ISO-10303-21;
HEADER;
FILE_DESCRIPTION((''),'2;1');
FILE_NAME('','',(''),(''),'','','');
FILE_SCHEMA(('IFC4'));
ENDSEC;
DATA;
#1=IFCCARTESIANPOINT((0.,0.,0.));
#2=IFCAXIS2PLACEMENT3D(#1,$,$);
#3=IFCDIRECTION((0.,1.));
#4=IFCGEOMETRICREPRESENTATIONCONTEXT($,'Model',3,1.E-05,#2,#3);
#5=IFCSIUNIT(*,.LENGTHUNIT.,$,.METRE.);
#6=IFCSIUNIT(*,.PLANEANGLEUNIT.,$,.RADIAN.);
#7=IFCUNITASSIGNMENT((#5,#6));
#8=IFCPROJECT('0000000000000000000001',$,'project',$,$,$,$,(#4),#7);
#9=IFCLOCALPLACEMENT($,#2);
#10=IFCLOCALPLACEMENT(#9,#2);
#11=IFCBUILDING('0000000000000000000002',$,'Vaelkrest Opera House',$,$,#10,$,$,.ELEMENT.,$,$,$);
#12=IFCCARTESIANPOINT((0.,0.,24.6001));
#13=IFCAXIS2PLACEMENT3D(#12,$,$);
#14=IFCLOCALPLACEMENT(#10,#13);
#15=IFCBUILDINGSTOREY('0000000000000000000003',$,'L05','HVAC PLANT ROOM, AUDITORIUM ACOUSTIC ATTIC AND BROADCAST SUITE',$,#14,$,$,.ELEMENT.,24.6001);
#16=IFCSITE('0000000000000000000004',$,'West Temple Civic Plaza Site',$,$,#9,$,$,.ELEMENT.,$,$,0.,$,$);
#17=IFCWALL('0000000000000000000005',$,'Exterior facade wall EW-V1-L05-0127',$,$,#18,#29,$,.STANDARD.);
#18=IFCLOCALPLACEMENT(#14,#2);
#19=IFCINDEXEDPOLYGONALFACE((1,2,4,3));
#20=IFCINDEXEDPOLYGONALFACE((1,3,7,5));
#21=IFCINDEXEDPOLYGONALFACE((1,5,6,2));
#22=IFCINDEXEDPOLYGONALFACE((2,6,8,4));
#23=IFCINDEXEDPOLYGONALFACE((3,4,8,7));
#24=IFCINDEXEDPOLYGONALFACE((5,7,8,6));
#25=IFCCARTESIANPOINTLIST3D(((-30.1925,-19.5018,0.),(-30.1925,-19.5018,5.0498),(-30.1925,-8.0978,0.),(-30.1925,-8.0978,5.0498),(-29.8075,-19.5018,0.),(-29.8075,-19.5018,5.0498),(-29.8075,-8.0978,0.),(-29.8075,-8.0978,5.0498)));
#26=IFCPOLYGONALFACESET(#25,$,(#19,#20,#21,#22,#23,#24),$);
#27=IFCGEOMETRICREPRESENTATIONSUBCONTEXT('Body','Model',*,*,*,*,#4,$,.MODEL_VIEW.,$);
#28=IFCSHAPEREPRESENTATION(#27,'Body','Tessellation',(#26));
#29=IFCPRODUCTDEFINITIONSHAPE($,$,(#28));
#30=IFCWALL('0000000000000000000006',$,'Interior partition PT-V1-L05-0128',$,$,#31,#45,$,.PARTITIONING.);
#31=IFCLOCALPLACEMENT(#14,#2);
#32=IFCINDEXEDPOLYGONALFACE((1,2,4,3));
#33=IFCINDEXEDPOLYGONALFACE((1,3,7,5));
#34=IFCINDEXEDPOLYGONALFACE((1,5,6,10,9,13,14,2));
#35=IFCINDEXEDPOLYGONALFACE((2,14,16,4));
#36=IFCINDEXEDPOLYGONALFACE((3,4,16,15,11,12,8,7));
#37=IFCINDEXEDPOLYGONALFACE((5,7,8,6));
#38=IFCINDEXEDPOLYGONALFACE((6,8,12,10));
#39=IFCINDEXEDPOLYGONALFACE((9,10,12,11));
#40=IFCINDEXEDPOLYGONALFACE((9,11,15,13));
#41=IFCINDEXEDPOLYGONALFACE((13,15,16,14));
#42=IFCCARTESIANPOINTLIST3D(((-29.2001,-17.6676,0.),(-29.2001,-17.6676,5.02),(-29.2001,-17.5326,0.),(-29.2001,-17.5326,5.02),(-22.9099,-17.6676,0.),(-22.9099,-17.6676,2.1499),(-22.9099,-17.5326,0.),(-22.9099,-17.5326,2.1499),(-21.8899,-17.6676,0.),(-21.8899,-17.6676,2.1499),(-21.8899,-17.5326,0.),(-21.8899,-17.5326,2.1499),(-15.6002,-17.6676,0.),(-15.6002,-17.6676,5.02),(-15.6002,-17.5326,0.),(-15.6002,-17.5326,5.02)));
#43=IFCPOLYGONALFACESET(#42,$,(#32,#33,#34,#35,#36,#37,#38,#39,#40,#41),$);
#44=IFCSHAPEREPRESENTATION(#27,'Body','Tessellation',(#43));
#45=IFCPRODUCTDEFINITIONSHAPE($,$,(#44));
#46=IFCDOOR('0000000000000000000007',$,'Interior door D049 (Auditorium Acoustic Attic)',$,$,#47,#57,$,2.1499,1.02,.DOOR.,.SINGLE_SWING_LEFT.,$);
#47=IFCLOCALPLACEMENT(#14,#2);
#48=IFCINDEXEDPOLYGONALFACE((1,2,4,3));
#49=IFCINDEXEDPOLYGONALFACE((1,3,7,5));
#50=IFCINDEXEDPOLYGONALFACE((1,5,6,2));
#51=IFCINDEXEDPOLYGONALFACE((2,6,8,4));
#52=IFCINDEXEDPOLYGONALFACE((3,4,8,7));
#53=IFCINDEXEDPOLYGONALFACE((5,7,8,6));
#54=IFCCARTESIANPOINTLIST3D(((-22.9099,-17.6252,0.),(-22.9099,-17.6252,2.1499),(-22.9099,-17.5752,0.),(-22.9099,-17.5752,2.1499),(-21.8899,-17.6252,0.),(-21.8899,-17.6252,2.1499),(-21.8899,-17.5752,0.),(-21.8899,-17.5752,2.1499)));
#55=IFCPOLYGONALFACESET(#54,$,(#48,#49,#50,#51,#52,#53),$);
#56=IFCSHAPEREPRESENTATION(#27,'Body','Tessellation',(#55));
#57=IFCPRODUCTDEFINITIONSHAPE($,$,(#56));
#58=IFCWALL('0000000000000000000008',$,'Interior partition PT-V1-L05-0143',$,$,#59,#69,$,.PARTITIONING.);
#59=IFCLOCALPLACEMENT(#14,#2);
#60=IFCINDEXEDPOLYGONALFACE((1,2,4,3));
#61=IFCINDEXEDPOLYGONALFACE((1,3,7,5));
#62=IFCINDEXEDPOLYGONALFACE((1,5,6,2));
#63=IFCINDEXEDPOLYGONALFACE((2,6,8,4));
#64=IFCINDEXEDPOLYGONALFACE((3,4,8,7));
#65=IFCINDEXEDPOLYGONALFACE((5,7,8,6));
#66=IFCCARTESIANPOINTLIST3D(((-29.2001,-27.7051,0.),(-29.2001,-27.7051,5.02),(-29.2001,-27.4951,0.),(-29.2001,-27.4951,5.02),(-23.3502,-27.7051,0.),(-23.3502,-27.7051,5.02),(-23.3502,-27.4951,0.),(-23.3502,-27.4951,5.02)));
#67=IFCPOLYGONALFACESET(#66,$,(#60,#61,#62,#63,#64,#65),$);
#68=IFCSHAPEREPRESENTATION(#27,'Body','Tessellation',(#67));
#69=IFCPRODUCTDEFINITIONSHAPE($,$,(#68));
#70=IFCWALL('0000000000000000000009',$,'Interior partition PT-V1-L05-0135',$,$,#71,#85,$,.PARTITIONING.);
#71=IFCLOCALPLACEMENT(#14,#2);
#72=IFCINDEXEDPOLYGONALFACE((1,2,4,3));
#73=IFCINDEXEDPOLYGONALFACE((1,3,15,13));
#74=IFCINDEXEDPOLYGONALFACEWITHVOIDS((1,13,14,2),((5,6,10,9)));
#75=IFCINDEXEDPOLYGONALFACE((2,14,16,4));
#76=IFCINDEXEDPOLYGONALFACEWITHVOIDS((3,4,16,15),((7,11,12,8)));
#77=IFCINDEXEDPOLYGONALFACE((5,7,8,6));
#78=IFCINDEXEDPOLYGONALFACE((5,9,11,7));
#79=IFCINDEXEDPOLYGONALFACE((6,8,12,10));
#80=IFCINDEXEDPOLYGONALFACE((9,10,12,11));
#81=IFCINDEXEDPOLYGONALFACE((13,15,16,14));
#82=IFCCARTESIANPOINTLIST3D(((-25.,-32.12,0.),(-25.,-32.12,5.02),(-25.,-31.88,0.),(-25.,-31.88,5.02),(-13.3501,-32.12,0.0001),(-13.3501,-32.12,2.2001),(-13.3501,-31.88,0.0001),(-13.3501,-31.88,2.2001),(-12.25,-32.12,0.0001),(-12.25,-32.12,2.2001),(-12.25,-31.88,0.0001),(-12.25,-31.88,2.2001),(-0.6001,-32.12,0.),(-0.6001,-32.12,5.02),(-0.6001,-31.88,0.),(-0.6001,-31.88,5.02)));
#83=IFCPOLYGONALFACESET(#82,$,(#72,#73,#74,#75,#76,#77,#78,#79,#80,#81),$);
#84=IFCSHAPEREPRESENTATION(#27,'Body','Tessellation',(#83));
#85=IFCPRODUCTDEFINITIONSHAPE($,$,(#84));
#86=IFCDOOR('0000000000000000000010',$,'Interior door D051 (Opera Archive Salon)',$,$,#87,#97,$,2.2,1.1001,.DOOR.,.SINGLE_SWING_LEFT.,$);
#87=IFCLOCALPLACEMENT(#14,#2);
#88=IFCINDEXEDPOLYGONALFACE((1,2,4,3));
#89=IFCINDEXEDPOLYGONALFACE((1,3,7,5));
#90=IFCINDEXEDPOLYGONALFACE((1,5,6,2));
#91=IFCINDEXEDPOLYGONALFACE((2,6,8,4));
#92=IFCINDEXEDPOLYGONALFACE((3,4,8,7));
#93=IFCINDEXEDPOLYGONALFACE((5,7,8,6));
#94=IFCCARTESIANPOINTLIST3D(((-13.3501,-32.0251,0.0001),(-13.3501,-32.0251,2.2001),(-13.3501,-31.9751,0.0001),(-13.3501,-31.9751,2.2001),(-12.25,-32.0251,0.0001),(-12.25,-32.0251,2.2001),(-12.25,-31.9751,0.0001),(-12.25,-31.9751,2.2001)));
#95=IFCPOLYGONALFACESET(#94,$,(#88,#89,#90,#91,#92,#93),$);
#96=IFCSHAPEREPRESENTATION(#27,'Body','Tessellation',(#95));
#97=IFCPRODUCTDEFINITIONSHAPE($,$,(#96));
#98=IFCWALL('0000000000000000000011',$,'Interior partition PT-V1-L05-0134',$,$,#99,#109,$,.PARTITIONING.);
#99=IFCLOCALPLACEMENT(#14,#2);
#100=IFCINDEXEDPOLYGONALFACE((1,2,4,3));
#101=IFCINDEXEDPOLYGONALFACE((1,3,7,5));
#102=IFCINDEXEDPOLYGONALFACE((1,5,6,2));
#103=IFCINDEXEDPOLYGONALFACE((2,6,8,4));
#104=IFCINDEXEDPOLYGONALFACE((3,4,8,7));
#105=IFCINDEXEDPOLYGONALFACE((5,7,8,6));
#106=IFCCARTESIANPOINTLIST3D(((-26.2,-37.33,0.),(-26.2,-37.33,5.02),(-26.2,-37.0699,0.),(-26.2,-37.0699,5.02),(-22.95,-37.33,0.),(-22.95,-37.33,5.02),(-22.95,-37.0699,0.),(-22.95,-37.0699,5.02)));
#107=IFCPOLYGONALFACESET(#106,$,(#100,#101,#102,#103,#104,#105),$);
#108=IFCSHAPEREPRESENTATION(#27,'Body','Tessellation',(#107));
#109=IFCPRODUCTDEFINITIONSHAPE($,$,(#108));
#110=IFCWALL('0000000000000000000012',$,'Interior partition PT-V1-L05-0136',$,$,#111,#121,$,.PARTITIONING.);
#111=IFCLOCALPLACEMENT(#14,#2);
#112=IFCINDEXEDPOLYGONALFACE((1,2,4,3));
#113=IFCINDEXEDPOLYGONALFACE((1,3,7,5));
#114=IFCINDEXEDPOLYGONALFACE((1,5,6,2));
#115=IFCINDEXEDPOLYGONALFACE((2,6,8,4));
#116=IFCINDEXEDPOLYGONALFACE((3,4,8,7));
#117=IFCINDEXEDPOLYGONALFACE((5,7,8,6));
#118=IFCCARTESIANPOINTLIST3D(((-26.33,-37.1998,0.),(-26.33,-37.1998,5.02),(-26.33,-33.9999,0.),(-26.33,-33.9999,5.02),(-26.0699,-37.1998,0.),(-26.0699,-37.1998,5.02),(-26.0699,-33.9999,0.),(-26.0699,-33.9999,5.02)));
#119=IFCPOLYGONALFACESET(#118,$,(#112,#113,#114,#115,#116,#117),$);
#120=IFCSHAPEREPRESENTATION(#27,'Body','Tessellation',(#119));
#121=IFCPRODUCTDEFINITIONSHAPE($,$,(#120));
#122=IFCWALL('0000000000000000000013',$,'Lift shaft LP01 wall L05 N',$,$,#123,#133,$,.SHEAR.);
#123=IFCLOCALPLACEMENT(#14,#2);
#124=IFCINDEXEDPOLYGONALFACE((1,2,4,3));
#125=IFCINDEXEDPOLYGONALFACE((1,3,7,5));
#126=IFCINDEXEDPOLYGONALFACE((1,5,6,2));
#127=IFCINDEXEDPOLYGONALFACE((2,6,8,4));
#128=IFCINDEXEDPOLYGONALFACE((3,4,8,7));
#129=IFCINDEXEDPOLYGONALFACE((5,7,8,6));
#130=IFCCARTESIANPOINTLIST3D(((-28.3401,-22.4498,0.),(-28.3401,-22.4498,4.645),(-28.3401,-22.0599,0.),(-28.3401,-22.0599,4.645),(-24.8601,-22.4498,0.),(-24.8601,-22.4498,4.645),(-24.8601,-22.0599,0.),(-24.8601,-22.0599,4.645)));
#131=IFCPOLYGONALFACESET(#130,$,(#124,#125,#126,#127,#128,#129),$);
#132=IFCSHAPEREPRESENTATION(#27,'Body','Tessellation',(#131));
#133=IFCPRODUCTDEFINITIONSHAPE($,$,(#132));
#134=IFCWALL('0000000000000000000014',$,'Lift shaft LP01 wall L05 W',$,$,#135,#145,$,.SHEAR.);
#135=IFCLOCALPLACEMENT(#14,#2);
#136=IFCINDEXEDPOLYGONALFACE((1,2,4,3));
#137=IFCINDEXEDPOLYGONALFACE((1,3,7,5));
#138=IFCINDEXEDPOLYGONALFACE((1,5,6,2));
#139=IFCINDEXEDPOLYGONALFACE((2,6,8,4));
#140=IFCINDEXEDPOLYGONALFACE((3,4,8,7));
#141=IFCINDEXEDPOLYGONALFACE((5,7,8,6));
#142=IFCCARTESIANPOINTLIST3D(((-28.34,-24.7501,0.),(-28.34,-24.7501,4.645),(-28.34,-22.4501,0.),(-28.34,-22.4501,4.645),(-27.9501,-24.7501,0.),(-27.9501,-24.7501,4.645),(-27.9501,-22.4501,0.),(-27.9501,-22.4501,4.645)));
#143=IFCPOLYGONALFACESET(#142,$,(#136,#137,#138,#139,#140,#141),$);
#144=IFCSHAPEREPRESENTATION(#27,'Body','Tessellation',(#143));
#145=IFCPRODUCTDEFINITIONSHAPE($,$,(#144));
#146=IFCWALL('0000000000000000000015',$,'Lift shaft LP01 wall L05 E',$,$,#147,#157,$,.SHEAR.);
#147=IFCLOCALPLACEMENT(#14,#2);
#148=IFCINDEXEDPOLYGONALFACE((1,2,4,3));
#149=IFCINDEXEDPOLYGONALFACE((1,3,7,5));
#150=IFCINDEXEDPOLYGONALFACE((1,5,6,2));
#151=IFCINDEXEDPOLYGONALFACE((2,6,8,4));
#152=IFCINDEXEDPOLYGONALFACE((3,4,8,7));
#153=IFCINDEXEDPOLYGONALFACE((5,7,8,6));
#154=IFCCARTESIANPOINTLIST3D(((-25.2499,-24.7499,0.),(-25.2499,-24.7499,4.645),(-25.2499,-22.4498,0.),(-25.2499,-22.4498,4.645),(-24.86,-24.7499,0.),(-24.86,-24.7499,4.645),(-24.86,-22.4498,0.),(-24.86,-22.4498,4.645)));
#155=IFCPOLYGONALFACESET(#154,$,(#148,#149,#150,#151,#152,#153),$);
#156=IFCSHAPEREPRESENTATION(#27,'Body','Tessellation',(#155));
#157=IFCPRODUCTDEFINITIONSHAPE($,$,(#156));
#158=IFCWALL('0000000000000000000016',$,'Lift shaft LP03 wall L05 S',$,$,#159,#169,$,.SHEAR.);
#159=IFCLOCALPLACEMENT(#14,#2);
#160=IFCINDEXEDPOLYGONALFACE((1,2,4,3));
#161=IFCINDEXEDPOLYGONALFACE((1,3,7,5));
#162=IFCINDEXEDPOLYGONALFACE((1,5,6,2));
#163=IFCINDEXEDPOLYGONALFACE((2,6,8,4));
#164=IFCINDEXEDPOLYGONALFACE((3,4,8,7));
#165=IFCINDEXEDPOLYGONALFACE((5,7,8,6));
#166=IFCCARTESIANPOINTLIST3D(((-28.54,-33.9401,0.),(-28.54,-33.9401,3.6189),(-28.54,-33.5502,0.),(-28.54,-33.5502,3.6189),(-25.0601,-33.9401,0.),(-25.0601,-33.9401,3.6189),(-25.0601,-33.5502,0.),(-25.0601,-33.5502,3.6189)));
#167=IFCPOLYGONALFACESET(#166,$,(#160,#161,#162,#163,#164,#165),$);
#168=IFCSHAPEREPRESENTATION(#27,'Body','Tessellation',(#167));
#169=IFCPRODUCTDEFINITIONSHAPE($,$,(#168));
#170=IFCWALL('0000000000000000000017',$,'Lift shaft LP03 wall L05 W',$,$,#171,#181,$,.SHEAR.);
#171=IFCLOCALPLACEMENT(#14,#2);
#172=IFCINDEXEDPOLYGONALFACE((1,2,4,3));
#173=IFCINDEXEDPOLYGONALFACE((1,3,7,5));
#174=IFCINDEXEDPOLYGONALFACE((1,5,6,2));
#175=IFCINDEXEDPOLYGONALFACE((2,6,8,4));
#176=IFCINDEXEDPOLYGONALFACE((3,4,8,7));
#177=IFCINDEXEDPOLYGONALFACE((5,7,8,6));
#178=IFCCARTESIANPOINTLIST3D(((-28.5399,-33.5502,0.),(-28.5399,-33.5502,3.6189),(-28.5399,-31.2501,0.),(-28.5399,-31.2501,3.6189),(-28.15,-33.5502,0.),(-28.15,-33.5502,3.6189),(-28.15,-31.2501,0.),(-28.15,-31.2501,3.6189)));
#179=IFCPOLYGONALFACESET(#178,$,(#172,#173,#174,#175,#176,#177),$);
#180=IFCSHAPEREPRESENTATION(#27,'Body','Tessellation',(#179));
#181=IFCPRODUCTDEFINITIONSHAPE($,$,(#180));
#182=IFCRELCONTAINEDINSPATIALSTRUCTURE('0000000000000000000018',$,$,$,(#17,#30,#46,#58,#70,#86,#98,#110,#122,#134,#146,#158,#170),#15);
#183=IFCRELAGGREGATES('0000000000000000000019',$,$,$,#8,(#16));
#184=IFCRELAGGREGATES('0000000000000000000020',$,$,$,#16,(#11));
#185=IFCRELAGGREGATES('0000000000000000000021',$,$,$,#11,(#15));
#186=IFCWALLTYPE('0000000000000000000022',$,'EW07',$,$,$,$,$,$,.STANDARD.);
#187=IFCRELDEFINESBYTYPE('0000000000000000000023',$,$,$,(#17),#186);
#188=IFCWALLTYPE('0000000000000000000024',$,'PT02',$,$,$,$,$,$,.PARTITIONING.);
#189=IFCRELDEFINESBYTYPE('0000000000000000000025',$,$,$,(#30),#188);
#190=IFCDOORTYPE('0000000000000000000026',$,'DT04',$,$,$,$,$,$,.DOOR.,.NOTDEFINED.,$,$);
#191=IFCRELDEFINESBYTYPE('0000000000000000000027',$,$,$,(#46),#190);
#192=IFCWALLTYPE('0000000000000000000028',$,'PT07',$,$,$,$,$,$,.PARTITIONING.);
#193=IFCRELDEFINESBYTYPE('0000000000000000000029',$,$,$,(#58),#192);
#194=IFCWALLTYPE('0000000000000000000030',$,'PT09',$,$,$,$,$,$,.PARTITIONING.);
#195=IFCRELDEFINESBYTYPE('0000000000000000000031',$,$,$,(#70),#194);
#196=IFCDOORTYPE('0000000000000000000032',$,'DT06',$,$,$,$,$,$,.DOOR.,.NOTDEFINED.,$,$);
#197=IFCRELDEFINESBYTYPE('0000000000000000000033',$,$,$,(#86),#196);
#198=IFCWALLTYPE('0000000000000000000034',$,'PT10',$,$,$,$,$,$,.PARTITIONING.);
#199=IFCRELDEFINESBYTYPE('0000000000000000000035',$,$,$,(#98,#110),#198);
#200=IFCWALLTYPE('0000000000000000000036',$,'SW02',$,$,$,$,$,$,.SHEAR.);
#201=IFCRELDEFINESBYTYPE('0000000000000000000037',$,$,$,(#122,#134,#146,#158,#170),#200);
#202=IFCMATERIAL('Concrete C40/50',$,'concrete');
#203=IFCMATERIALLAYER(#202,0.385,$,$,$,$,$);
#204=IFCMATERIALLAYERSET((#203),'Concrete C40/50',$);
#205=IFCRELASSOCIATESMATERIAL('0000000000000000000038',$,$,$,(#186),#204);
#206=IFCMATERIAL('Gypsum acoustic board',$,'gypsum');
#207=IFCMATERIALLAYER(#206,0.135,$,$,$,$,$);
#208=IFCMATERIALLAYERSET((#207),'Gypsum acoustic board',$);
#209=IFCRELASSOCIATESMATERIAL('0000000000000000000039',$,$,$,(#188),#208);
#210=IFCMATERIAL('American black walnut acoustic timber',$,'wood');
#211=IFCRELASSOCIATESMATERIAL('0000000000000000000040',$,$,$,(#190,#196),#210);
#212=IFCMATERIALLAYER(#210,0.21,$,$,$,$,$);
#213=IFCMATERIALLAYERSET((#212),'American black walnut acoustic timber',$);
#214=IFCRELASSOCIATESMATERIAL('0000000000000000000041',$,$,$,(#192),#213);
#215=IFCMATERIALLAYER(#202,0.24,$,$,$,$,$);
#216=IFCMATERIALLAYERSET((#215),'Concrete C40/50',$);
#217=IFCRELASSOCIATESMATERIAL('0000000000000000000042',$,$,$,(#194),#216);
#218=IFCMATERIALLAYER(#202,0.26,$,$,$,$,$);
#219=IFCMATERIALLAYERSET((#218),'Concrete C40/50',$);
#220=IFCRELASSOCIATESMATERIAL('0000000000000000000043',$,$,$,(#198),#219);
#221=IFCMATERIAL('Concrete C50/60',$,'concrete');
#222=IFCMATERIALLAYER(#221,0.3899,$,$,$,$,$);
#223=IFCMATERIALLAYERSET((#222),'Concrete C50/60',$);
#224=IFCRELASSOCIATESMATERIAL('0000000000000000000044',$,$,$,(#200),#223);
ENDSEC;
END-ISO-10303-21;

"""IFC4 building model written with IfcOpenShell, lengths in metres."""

from ifc_helpers import new_model, si_unit, direction, frame, frame_2d, origin, place, context, subcontext, project, spatial, rectangle, extrude, material, layer, layer_set, type_object, element, fill, save


model = new_model("IFC4")

# Units and contexts
model_context = context("Model", 3, precision=1e-05, world=origin(), true_north=direction((0.0, 1.0)))
body_context = subcontext(model_context, "Body", "Model", "MODEL_VIEW")
ifc_project = project(units=[si_unit("LENGTHUNIT", "METRE"), si_unit("PLANEANGLEUNIT", "RADIAN")], contexts=[model_context])

# Site, building, storey
site_placement = place(None, origin())
site = spatial("IfcSite", under=ifc_project, at=site_placement, Name="West Temple Civic Plaza Site", CompositionType="ELEMENT", RefElevation=0.0)
building_placement = place(site_placement, origin())
building = spatial("IfcBuilding", under=site, at=building_placement, Name="Vaelkrest Opera House", CompositionType="ELEMENT")
storey_placement = place(building_placement, frame((0.0, 0.0, 24.6001)))
storey = spatial("IfcBuildingStorey", under=building, at=storey_placement, Name="L05", Description="HVAC PLANT ROOM, AUDITORIUM ACOUSTIC ATTIC AND BROADCAST SUITE", CompositionType="ELEMENT", Elevation=24.6001)

# Shared definitions
ifc_material_1 = material(Name="Concrete C50/60", Category="concrete")

# Wall
ifc_material_2 = material(Name="Concrete C40/50", Category="concrete")
ifc_layer_1 = layer(ifc_material_2, 0.385)
ifc_layer_set_1 = layer_set([ifc_layer_1], Name="Concrete C40/50")
wall_type_1 = type_object("IfcWallType", Name="EW07", PredefinedType="STANDARD", material=ifc_layer_set_1)
wall_1_placement = place(storey_placement, frame((-30.0, -19.502, 0.0), z_axis=(0.0, 0.0, 1.0), x_axis=(0.0, 1.0, 0.0)))
element("IfcWall", 1, at=wall_1_placement, inside=storey, type_object=wall_type_1, Name="Exterior facade wall EW-V1-L05-0127", PredefinedType="STANDARD", context=body_context, shape_type="SweptSolid", body=[
    extrude(rectangle(XDim=11.4041, YDim=0.385, at=frame_2d((5.7021, 0.0))), origin(), (0.0, 0.0, 1.0), 5.0498),
])

# Wall, opening, door
ifc_material_3 = material(Name="Gypsum acoustic board", Category="gypsum")
ifc_layer_2 = layer(ifc_material_3, 0.135)
ifc_layer_set_2 = layer_set([ifc_layer_2], Name="Gypsum acoustic board")
wall_type_2 = type_object("IfcWallType", Name="PT02", PredefinedType="PARTITIONING", material=ifc_layer_set_2)
wall_2_placement = place(storey_placement, frame((-29.2, -17.6001, 0.0), z_axis=(0.0, 0.0, 1.0), x_axis=(1.0, 0.0, 0.0)))
wall_2 = element("IfcWall", 2, at=wall_2_placement, inside=storey, type_object=wall_type_2, Name="Interior partition PT-V1-L05-0128", PredefinedType="PARTITIONING", context=body_context, shape_type="SweptSolid", body=[
    extrude(rectangle(XDim=13.5999, YDim=0.135, at=frame_2d((6.7998, 0.0))), origin(), (0.0, 0.0, 1.0), 5.02),
])
opening_1_placement = place(wall_2_placement, frame((6.29, 0.0, 0.0)))
opening_1 = element("IfcOpeningElement", 3, at=opening_1_placement, cuts=wall_2, PredefinedType="OPENING", context=body_context, shape_type="SweptSolid", body=[
    extrude(rectangle(XDim=1.02, YDim=2.1499, at=frame_2d((0.51, 1.075))), frame((0.0, 0.0774, 0.0), z_axis=(0.0, -1.0, 0.0), x_axis=(1.0, 0.0, 0.0)), (0.0, 0.0, 1.0), 0.155),
])
ifc_material_4 = material(Name="American black walnut acoustic timber", Category="wood")
door_type_1 = type_object("IfcDoorType", Name="DT04", OperationType="NOTDEFINED", PredefinedType="DOOR", material=ifc_material_4)
door_1_placement = place(opening_1_placement, origin())
door_1 = element("IfcDoor", 4, at=door_1_placement, inside=storey, type_object=door_type_1, Name="Interior door D049 (Auditorium Acoustic Attic)", OperationType="SINGLE_SWING_LEFT", OverallHeight=2.1499, OverallWidth=1.02, PredefinedType="DOOR", context=body_context, shape_type="SweptSolid", body=[
    extrude(rectangle(XDim=1.02, YDim=2.1499, at=frame_2d((0.51, 1.075))), frame((0.0, 0.0249, 0.0), z_axis=(0.0, -1.0, 0.0), x_axis=(1.0, 0.0, 0.0)), (0.0, 0.0, 1.0), 0.05),
])
fill(opening_1, door_1)

# Wall
ifc_layer_3 = layer(ifc_material_4, 0.21)
ifc_layer_set_3 = layer_set([ifc_layer_3], Name="American black walnut acoustic timber")
wall_type_3 = type_object("IfcWallType", Name="PT07", PredefinedType="PARTITIONING", material=ifc_layer_set_3)
wall_3_placement = place(storey_placement, frame((-29.2, -27.6001, 0.0), z_axis=(0.0, 0.0, 1.0), x_axis=(1.0, 0.0, 0.0)))
element("IfcWall", 5, at=wall_3_placement, inside=storey, type_object=wall_type_3, Name="Interior partition PT-V1-L05-0143", PredefinedType="PARTITIONING", context=body_context, shape_type="SweptSolid", body=[
    extrude(rectangle(XDim=5.8499, YDim=0.21, at=frame_2d((2.9248, 0.0))), origin(), (0.0, 0.0, 1.0), 5.02),
])

# Wall, opening, door
ifc_layer_4 = layer(ifc_material_2, 0.24)
ifc_layer_set_4 = layer_set([ifc_layer_4], Name="Concrete C40/50")
wall_type_4 = type_object("IfcWallType", Name="PT09", PredefinedType="PARTITIONING", material=ifc_layer_set_4)
wall_4_placement = place(storey_placement, frame((-25.0, -32.0, 0.0), z_axis=(0.0, 0.0, 1.0), x_axis=(1.0, 0.0, 0.0)))
wall_4 = element("IfcWall", 6, at=wall_4_placement, inside=storey, type_object=wall_type_4, Name="Interior partition PT-V1-L05-0135", PredefinedType="PARTITIONING", context=body_context, shape_type="SweptSolid", body=[
    extrude(rectangle(XDim=24.3999, YDim=0.24, at=frame_2d((12.2, 0.0))), origin(), (0.0, 0.0, 1.0), 5.02),
])
opening_2_placement = place(wall_4_placement, frame((11.6499, 0.0, 0.0)))
opening_2 = element("IfcOpeningElement", 7, at=opening_2_placement, cuts=wall_4, PredefinedType="OPENING", context=body_context, shape_type="SweptSolid", body=[
    extrude(rectangle(XDim=1.1001, YDim=2.2, at=frame_2d((0.55, 1.1001))), frame((0.0, 0.1299, 0.0), z_axis=(0.0, -1.0, 0.0), x_axis=(1.0, 0.0, 0.0)), (0.0, 0.0, 1.0), 0.26),
])
door_type_2 = type_object("IfcDoorType", Name="DT06", OperationType="NOTDEFINED", PredefinedType="DOOR", material=ifc_material_4)
door_2_placement = place(opening_2_placement, origin())
door_2 = element("IfcDoor", 8, at=door_2_placement, inside=storey, type_object=door_type_2, Name="Interior door D051 (Opera Archive Salon)", OperationType="SINGLE_SWING_LEFT", OverallHeight=2.2, OverallWidth=1.1001, PredefinedType="DOOR", context=body_context, shape_type="SweptSolid", body=[
    extrude(rectangle(XDim=1.1001, YDim=2.2, at=frame_2d((0.55, 1.1001))), frame((0.0, 0.0249, 0.0), z_axis=(0.0, -1.0, 0.0), x_axis=(1.0, 0.0, 0.0)), (0.0, 0.0, 1.0), 0.05),
])
fill(opening_2, door_2)

# Walls
ifc_layer_5 = layer(ifc_material_2, 0.26)
ifc_layer_set_5 = layer_set([ifc_layer_5], Name="Concrete C40/50")
wall_type_5 = type_object("IfcWallType", Name="PT10", PredefinedType="PARTITIONING", material=ifc_layer_set_5)
wall_5_placement = place(storey_placement, frame((-26.2, -37.2, 0.0), z_axis=(0.0, 0.0, 1.0), x_axis=(1.0, 0.0, 0.0)))
element("IfcWall", 9, at=wall_5_placement, inside=storey, type_object=wall_type_5, Name="Interior partition PT-V1-L05-0134", PredefinedType="PARTITIONING", context=body_context, shape_type="SweptSolid", body=[
    extrude(rectangle(XDim=3.25, YDim=0.26, at=frame_2d((1.625, 0.0))), origin(), (0.0, 0.0, 1.0), 5.02),
])
wall_6_placement = place(storey_placement, frame((-26.2, -37.2, 0.0), z_axis=(0.0, 0.0, 1.0), x_axis=(0.0, 1.0, 0.0)))
element("IfcWall", 10, at=wall_6_placement, inside=storey, type_object=wall_type_5, Name="Interior partition PT-V1-L05-0136", PredefinedType="PARTITIONING", context=body_context, shape_type="SweptSolid", body=[
    extrude(rectangle(XDim=3.2, YDim=0.26, at=frame_2d((1.6001, 0.0))), origin(), (0.0, 0.0, 1.0), 5.02),
])

# Shared definitions
ifc_layer_6 = layer(ifc_material_1, 0.3899)
ifc_layer_set_6 = layer_set([ifc_layer_6], Name="Concrete C50/60")
wall_type_6 = type_object("IfcWallType", Name="SW02", PredefinedType="SHEAR", material=ifc_layer_set_6)

# Walls
wall_7_placement = place(storey_placement, frame((-28.3401, -22.2549, 0.0), z_axis=(0.0, 0.0, 1.0), x_axis=(1.0, 0.0, 0.0)))
element("IfcWall", 11, at=wall_7_placement, inside=storey, type_object=wall_type_6, Name="Lift shaft LP01 wall L05 N", PredefinedType="SHEAR", context=body_context, shape_type="SweptSolid", body=[
    extrude(rectangle(XDim=3.48, YDim=0.3899, at=frame_2d((1.74, 0.0))), origin(), (0.0, 0.0, 1.0), 4.645),
])
for number, where, z_axis, x_axis, name in (
    (12, (-28.145, -24.75, 0.0), (0.0, 0.0, 1.0), (0.0, 1.0, 0.0), "Lift shaft LP01 wall L05 W"),
    (13, (-25.0549, -22.45, 0.0), (0.0, 0.0, 1.0), (0.0, -1.0, 0.0), "Lift shaft LP01 wall L05 E"),
):
    element("IfcWall", number, at=place(storey_placement, frame(where, z_axis=z_axis, x_axis=x_axis)), inside=storey, type_object=wall_type_6, Name=name, PredefinedType="SHEAR", context=body_context, shape_type="SweptSolid", body=[
        extrude(rectangle(XDim=2.3, YDim=0.3899, at=frame_2d((1.1499, 0.0))), origin(), (0.0, 0.0, 1.0), 4.645),
    ])
wall_8_placement = place(storey_placement, frame((-25.0601, -33.7451, 0.0), z_axis=(0.0, 0.0, 1.0), x_axis=(-1.0, 0.0, 0.0)))
element("IfcWall", 14, at=wall_8_placement, inside=storey, type_object=wall_type_6, Name="Lift shaft LP03 wall L05 S", PredefinedType="SHEAR", context=body_context, shape_type="SweptSolid", body=[
    extrude(rectangle(XDim=3.48, YDim=0.3899, at=frame_2d((1.74, 0.0))), origin(), (0.0, 0.0, 1.0), 3.6189),
])

# Wall
for number, where, z_axis, x_axis, name in (
    (15, (-28.345, -33.55, 0.0), (0.0, 0.0, 1.0), (0.0, 1.0, 0.0), "Lift shaft LP03 wall L05 W"),
):
    element("IfcWall", number, at=place(storey_placement, frame(where, z_axis=z_axis, x_axis=x_axis)), inside=storey, type_object=wall_type_6, Name=name, PredefinedType="SHEAR", context=body_context, shape_type="SweptSolid", body=[
        extrude(rectangle(XDim=2.3, YDim=0.3899, at=frame_2d((1.1499, 0.0))), origin(), (0.0, 0.0, 1.0), 3.6189),
    ])

save(model, "model.ifc")
